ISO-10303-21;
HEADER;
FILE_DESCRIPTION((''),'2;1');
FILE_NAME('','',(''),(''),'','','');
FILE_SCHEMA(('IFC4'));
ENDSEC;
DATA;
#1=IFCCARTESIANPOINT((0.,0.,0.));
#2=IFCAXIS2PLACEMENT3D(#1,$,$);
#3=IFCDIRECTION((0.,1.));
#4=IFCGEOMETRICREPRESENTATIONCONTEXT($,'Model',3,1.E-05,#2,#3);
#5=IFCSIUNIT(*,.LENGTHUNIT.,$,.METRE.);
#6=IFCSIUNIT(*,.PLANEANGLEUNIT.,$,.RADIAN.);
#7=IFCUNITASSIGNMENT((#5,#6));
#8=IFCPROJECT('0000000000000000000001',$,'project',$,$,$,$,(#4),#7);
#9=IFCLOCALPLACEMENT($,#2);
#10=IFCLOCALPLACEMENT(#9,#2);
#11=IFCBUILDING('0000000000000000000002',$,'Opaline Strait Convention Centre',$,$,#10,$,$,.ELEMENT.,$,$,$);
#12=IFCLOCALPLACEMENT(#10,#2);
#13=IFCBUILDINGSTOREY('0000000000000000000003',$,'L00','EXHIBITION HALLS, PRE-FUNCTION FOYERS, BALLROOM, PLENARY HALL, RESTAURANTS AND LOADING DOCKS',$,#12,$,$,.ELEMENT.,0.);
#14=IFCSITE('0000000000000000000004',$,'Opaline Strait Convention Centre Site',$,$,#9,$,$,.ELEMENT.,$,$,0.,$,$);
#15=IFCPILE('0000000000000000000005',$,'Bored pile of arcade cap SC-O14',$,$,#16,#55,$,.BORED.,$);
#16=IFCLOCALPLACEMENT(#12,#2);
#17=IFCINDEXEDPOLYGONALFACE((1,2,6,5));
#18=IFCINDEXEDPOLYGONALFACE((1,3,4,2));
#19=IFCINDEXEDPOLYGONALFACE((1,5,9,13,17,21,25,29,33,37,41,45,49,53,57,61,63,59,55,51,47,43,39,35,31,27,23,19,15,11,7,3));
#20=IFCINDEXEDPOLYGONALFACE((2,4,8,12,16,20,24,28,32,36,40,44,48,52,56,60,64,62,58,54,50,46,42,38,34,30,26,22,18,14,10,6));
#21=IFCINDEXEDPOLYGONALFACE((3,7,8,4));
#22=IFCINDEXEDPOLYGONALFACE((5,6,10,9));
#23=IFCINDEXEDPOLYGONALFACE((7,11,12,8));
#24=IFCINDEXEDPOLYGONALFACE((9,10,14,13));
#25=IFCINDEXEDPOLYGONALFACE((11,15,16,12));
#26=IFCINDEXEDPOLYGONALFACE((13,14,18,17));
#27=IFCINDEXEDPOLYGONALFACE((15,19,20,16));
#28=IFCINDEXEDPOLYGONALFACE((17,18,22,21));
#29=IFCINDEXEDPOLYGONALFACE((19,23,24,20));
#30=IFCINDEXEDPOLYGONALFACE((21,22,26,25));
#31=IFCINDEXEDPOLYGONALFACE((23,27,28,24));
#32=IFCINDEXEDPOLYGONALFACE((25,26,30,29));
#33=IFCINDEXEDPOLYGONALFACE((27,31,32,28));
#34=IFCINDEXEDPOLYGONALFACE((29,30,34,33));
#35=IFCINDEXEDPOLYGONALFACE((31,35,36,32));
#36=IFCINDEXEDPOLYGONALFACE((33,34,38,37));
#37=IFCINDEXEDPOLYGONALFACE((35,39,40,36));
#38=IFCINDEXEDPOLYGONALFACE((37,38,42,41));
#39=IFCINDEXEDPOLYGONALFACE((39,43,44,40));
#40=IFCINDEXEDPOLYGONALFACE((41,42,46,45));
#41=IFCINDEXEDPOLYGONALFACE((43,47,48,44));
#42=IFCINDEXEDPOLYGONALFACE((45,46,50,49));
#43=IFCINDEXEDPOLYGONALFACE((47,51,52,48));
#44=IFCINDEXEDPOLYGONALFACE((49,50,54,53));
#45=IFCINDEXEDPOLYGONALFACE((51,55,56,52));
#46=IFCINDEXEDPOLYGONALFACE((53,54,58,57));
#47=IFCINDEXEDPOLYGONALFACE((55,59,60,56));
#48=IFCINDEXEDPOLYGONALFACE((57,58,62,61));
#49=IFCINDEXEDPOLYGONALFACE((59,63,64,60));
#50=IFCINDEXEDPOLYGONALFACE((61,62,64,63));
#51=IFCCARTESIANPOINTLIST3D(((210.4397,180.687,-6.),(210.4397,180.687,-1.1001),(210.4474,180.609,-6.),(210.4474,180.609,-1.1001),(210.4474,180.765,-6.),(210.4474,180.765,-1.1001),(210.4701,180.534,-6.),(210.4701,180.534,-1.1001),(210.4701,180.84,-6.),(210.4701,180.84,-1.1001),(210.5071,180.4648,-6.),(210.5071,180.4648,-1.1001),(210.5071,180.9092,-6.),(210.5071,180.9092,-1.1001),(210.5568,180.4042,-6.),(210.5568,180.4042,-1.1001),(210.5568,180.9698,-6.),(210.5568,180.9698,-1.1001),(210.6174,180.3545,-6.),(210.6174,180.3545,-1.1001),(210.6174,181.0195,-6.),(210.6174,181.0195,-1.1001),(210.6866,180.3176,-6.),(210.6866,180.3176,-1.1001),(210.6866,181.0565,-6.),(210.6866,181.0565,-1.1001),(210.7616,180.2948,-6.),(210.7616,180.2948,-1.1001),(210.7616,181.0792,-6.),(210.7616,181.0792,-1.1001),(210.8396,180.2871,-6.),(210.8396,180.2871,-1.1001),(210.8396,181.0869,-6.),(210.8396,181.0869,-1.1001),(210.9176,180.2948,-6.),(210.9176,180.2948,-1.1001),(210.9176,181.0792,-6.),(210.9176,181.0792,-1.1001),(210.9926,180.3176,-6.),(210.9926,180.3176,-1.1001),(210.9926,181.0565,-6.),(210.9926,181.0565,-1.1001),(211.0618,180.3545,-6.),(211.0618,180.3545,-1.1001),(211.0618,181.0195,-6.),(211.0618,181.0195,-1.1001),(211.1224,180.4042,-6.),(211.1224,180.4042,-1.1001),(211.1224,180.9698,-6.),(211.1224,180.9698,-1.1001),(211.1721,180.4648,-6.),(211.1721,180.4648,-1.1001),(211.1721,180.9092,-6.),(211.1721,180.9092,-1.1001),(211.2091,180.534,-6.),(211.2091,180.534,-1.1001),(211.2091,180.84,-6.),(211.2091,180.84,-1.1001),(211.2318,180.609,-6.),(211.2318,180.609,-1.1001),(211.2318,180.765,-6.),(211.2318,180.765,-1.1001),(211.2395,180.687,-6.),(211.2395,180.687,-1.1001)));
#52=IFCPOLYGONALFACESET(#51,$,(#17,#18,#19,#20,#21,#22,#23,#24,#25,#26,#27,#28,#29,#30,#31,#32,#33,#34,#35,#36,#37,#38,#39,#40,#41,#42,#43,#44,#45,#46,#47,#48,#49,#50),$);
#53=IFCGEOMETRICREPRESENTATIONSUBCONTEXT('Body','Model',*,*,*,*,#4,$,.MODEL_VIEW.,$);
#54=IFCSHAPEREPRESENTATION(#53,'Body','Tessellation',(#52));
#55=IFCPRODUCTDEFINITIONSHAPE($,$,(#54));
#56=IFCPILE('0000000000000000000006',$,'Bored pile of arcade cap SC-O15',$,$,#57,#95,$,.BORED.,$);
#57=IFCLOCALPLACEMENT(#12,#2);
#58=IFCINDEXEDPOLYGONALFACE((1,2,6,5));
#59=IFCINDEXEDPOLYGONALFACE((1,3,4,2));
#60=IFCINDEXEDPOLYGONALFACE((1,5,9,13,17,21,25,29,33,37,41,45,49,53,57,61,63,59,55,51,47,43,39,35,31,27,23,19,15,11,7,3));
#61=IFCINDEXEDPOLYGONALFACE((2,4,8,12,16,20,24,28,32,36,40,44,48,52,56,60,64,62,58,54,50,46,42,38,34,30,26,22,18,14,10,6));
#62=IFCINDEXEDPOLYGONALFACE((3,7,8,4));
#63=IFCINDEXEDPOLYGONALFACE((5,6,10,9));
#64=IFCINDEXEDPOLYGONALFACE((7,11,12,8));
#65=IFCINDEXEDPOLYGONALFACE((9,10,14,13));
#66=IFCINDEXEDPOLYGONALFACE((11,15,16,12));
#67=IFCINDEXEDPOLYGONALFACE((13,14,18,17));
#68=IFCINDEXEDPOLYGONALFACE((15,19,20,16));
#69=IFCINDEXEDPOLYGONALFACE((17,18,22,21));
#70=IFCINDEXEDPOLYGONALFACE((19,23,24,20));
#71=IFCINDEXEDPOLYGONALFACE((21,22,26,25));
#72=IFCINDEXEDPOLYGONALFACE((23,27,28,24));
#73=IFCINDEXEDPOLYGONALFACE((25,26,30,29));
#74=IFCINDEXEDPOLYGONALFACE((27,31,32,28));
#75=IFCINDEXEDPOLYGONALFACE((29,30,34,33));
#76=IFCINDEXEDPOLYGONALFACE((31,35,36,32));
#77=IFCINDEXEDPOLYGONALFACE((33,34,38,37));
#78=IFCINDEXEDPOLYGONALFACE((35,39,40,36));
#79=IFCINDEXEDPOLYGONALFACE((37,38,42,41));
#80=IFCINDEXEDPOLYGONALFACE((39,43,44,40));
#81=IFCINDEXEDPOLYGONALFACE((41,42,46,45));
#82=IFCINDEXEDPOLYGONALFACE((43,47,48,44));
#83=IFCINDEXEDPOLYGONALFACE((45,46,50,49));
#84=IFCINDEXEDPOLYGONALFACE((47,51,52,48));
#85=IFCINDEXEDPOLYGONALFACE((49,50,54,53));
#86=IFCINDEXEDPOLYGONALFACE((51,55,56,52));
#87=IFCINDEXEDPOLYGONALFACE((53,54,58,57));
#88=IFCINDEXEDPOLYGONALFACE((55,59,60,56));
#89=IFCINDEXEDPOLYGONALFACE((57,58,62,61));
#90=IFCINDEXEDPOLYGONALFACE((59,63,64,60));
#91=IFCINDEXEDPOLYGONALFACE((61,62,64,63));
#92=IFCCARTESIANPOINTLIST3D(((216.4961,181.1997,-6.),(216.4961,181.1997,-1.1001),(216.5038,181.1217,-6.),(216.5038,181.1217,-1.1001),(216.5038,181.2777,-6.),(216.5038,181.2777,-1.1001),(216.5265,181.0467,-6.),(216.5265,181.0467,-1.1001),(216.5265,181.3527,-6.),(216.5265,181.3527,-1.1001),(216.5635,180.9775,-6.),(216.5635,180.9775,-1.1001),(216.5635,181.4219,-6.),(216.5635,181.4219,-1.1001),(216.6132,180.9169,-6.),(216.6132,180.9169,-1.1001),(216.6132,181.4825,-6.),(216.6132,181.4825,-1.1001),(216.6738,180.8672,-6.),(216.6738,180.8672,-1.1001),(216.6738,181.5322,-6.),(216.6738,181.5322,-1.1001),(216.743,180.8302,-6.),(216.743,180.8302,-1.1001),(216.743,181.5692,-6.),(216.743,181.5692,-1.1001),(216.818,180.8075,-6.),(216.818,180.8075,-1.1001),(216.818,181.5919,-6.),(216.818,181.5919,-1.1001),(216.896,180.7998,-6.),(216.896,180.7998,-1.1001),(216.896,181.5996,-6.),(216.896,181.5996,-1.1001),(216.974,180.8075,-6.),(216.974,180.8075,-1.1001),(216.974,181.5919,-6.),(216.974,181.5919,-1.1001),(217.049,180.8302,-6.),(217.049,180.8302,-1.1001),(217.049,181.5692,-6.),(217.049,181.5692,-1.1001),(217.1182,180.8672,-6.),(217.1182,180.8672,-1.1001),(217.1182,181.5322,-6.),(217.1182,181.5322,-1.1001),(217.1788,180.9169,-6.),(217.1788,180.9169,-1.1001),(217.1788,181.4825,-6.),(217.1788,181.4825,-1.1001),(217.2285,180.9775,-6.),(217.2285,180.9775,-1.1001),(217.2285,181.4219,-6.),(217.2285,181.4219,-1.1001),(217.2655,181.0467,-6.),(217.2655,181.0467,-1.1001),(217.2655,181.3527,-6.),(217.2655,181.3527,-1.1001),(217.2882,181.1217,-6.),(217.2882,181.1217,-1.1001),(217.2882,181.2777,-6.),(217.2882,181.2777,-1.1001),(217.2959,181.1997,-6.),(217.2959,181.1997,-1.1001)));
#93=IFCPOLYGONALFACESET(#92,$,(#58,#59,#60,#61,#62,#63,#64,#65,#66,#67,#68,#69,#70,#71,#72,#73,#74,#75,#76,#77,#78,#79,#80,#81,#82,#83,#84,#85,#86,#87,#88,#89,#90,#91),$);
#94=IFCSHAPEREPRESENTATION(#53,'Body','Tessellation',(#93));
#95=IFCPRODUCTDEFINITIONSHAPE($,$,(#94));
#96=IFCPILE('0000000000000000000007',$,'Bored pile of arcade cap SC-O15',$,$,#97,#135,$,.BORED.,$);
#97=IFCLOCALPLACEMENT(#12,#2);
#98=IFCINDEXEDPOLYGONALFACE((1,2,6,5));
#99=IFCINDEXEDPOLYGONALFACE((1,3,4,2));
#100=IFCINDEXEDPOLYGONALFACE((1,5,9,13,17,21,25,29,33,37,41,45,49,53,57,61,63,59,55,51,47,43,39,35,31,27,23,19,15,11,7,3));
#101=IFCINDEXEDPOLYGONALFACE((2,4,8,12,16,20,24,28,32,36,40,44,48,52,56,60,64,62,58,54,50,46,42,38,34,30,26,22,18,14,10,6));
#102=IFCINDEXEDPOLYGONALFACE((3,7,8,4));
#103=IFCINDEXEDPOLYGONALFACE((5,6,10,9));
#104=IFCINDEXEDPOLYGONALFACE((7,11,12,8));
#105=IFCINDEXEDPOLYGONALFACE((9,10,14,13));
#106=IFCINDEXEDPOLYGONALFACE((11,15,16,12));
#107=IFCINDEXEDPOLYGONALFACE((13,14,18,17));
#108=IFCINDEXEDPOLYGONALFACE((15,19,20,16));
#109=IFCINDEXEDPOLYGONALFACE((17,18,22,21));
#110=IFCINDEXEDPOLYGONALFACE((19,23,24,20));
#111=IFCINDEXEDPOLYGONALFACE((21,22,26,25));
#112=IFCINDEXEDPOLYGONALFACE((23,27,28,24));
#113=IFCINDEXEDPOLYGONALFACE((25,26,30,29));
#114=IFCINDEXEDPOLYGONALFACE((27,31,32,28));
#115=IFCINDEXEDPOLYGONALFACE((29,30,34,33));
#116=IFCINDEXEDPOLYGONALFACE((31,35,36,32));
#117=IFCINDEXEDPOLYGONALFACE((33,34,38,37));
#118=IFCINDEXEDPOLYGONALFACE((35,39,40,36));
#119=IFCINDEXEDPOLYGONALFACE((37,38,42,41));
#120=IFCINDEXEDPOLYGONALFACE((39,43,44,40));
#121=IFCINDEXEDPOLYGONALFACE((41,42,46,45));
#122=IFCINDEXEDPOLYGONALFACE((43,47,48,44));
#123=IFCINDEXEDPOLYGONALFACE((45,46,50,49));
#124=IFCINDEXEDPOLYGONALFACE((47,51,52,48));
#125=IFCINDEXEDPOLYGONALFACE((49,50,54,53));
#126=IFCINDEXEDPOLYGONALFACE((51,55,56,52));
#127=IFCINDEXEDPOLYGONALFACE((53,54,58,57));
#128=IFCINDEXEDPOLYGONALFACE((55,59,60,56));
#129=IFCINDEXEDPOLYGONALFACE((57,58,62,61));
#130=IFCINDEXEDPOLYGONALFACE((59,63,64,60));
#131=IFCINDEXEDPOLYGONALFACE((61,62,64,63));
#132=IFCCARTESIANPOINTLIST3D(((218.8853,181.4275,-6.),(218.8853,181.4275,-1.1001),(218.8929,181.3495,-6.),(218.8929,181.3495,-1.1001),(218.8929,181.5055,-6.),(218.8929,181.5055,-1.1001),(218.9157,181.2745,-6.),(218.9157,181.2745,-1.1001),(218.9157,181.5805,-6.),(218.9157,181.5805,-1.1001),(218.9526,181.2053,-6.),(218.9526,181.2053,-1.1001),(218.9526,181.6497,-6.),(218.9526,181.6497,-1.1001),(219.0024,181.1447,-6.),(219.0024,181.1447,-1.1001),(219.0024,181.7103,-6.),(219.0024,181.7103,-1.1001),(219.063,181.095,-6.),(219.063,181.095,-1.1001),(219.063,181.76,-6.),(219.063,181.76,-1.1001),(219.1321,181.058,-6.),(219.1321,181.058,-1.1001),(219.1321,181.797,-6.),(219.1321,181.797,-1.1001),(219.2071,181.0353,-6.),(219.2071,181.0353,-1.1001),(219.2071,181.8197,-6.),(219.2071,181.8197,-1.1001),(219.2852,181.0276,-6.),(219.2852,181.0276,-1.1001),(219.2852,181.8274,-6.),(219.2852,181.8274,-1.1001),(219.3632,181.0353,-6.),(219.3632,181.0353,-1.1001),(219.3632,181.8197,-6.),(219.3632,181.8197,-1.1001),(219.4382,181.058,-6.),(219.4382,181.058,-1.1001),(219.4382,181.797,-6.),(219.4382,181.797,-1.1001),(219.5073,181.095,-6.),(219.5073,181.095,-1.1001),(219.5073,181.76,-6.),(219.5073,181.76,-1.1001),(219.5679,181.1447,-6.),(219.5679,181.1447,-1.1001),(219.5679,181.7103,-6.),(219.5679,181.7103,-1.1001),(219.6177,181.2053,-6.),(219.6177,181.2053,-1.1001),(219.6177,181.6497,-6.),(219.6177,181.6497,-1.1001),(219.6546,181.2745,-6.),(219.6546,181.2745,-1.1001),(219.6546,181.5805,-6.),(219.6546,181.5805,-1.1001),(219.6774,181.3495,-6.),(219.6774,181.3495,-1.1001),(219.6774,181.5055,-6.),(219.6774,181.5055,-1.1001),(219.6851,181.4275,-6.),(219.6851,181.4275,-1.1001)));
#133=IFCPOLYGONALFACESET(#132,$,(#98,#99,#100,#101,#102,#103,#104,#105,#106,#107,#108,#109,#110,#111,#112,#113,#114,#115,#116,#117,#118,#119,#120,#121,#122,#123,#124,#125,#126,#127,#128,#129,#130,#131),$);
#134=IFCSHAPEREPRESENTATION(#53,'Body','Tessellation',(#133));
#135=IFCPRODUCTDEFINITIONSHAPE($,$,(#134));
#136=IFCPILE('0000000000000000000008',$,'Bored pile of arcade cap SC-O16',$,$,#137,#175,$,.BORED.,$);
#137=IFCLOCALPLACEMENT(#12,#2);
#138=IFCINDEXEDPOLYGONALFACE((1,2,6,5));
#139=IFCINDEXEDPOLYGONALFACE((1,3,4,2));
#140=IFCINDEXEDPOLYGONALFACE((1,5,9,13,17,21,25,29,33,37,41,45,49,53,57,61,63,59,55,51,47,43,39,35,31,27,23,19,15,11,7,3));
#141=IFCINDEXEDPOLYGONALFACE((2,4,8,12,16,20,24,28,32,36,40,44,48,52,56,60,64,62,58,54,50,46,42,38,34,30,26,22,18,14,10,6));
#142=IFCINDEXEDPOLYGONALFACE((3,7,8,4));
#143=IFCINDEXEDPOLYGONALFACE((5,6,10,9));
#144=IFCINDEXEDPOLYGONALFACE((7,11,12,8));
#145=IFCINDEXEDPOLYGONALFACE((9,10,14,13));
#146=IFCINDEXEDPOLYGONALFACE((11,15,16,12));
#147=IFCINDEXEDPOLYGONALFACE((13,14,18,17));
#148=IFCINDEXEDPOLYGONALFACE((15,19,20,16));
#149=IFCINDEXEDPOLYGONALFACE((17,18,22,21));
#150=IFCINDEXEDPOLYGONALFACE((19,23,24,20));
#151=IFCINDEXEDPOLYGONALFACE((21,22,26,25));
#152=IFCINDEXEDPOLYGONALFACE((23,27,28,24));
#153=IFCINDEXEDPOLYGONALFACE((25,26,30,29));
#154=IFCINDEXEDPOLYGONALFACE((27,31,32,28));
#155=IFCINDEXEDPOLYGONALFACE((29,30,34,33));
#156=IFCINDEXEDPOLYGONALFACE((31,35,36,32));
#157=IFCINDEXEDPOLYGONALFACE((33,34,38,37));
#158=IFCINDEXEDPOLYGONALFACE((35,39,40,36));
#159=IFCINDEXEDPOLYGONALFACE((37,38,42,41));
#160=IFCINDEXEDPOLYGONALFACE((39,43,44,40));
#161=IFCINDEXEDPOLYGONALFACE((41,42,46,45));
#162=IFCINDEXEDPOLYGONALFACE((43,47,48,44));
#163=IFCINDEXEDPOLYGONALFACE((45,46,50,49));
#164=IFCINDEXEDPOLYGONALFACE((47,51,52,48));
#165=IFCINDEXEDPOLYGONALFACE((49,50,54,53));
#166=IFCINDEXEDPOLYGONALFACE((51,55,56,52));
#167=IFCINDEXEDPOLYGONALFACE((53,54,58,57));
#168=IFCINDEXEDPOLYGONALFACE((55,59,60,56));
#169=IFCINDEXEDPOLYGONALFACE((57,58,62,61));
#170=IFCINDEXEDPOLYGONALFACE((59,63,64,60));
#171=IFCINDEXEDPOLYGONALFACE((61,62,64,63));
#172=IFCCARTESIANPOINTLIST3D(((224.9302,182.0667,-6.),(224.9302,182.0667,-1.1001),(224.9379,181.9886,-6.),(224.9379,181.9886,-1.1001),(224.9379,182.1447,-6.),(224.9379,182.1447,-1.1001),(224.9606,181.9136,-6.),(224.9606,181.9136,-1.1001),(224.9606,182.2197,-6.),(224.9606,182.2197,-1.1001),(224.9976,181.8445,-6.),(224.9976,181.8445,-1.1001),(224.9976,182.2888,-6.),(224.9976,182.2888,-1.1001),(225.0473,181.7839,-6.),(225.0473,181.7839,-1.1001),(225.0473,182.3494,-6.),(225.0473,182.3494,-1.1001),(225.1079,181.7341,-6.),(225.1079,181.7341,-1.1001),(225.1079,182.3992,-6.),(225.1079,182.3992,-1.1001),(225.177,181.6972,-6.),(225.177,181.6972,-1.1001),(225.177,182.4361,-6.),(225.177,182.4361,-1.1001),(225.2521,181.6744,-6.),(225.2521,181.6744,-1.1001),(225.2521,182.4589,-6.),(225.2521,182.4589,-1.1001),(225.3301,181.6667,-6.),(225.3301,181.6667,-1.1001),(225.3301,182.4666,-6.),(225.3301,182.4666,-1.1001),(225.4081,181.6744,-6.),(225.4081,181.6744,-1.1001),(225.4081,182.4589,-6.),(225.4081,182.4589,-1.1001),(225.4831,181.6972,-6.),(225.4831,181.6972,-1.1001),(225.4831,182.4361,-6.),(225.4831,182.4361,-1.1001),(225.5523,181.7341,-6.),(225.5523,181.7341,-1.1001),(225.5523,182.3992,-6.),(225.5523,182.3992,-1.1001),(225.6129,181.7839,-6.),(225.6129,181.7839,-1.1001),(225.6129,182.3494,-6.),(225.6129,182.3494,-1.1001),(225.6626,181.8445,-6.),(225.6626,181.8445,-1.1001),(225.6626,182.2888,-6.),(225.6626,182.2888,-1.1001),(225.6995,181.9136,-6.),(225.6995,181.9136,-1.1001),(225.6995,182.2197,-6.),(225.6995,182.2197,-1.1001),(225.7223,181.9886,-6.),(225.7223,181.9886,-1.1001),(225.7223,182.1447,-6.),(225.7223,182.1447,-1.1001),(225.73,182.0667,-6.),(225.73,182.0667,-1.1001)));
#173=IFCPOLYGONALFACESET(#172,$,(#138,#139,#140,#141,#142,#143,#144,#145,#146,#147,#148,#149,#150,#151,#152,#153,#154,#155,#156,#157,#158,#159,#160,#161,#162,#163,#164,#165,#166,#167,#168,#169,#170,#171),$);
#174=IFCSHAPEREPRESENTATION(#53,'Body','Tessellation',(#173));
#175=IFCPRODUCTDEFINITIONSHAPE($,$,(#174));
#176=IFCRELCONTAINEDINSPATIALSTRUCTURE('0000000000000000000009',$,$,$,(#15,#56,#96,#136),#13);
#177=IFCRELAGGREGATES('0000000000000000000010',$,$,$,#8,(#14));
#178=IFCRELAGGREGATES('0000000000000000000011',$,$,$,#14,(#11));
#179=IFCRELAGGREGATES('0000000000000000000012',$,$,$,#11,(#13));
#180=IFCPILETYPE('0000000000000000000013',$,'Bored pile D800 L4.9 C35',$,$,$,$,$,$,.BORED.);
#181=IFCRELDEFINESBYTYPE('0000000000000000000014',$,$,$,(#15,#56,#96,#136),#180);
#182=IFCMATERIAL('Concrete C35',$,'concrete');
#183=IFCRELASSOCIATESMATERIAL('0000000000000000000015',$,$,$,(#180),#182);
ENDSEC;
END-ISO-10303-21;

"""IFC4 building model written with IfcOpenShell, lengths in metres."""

from ifc_helpers import new_model, si_unit, direction, frame, origin, origin_2d, place, context, subcontext, project, spatial, circle, extrude, material, material_profile, profile_set, type_object, element, save


model = new_model("IFC4")

# Units and contexts
model_context = context("Model", 3, precision=1e-05, world=origin(), true_north=direction((0.0, 1.0)))
body_context = subcontext(model_context, "Body", "Model", "MODEL_VIEW")
ifc_project = project(units=[si_unit("LENGTHUNIT", "METRE"), si_unit("PLANEANGLEUNIT", "RADIAN")], contexts=[model_context])

# Site, building, storey
site_placement = place(None, origin())
site = spatial("IfcSite", under=ifc_project, at=site_placement, Name="Opaline Strait Convention Centre Site", CompositionType="ELEMENT", RefElevation=0.0)
building_placement = place(site_placement, origin())
building = spatial("IfcBuilding", under=site, at=building_placement, Name="Opaline Strait Convention Centre", CompositionType="ELEMENT")
storey_placement = place(building_placement, origin())
storey = spatial("IfcBuildingStorey", under=building, at=storey_placement, Name="L00", Description="EXHIBITION HALLS, PRE-FUNCTION FOYERS, BALLROOM, PLENARY HALL, RESTAURANTS AND LOADING DOCKS", CompositionType="ELEMENT", Elevation=0.0)

# Piles
ifc_material_1 = material(Name="Concrete C35", Category="concrete")
ifc_material_profile_1 = material_profile(ifc_material_1, circle(Radius=0.3999, at=origin_2d()), Name="D800")
ifc_profile_set_1 = profile_set([ifc_material_profile_1], Name="Concrete C35")
pile_type_1 = type_object("IfcPileType", Name="Bored pile D800 L4.9 C35", PredefinedType="BORED", material=ifc_profile_set_1)
for number, where, z_axis, x_axis, name in (
    (1, (210.8396, 180.687, -1.1001), (0.0, 0.0, -1.0), (1.0, 0.0, 0.0), "Bored pile of arcade cap SC-O14"),
    (2, (216.896, 181.1997, -1.1001), (0.0, 0.0, -1.0), (1.0, 0.0, 0.0), "Bored pile of arcade cap SC-O15"),
    (3, (219.2852, 181.4275, -1.1001), (0.0, 0.0, -1.0), (1.0, 0.0, 0.0), "Bored pile of arcade cap SC-O15"),
    (4, (225.3301, 182.0667, -1.1001), (0.0, 0.0, -1.0), (1.0, 0.0, 0.0), "Bored pile of arcade cap SC-O16"),
):
    element("IfcPile", number, at=place(storey_placement, frame(where, z_axis=z_axis, x_axis=x_axis)), inside=storey, type_object=pile_type_1, Name=name, PredefinedType="BORED", context=body_context, shape_type="SweptSolid", body=[
        extrude(circle(Radius=0.3999, at=origin_2d()), origin(), (0.0, 0.0, 1.0), 4.8999),
    ])

save(model, "model.ifc")
